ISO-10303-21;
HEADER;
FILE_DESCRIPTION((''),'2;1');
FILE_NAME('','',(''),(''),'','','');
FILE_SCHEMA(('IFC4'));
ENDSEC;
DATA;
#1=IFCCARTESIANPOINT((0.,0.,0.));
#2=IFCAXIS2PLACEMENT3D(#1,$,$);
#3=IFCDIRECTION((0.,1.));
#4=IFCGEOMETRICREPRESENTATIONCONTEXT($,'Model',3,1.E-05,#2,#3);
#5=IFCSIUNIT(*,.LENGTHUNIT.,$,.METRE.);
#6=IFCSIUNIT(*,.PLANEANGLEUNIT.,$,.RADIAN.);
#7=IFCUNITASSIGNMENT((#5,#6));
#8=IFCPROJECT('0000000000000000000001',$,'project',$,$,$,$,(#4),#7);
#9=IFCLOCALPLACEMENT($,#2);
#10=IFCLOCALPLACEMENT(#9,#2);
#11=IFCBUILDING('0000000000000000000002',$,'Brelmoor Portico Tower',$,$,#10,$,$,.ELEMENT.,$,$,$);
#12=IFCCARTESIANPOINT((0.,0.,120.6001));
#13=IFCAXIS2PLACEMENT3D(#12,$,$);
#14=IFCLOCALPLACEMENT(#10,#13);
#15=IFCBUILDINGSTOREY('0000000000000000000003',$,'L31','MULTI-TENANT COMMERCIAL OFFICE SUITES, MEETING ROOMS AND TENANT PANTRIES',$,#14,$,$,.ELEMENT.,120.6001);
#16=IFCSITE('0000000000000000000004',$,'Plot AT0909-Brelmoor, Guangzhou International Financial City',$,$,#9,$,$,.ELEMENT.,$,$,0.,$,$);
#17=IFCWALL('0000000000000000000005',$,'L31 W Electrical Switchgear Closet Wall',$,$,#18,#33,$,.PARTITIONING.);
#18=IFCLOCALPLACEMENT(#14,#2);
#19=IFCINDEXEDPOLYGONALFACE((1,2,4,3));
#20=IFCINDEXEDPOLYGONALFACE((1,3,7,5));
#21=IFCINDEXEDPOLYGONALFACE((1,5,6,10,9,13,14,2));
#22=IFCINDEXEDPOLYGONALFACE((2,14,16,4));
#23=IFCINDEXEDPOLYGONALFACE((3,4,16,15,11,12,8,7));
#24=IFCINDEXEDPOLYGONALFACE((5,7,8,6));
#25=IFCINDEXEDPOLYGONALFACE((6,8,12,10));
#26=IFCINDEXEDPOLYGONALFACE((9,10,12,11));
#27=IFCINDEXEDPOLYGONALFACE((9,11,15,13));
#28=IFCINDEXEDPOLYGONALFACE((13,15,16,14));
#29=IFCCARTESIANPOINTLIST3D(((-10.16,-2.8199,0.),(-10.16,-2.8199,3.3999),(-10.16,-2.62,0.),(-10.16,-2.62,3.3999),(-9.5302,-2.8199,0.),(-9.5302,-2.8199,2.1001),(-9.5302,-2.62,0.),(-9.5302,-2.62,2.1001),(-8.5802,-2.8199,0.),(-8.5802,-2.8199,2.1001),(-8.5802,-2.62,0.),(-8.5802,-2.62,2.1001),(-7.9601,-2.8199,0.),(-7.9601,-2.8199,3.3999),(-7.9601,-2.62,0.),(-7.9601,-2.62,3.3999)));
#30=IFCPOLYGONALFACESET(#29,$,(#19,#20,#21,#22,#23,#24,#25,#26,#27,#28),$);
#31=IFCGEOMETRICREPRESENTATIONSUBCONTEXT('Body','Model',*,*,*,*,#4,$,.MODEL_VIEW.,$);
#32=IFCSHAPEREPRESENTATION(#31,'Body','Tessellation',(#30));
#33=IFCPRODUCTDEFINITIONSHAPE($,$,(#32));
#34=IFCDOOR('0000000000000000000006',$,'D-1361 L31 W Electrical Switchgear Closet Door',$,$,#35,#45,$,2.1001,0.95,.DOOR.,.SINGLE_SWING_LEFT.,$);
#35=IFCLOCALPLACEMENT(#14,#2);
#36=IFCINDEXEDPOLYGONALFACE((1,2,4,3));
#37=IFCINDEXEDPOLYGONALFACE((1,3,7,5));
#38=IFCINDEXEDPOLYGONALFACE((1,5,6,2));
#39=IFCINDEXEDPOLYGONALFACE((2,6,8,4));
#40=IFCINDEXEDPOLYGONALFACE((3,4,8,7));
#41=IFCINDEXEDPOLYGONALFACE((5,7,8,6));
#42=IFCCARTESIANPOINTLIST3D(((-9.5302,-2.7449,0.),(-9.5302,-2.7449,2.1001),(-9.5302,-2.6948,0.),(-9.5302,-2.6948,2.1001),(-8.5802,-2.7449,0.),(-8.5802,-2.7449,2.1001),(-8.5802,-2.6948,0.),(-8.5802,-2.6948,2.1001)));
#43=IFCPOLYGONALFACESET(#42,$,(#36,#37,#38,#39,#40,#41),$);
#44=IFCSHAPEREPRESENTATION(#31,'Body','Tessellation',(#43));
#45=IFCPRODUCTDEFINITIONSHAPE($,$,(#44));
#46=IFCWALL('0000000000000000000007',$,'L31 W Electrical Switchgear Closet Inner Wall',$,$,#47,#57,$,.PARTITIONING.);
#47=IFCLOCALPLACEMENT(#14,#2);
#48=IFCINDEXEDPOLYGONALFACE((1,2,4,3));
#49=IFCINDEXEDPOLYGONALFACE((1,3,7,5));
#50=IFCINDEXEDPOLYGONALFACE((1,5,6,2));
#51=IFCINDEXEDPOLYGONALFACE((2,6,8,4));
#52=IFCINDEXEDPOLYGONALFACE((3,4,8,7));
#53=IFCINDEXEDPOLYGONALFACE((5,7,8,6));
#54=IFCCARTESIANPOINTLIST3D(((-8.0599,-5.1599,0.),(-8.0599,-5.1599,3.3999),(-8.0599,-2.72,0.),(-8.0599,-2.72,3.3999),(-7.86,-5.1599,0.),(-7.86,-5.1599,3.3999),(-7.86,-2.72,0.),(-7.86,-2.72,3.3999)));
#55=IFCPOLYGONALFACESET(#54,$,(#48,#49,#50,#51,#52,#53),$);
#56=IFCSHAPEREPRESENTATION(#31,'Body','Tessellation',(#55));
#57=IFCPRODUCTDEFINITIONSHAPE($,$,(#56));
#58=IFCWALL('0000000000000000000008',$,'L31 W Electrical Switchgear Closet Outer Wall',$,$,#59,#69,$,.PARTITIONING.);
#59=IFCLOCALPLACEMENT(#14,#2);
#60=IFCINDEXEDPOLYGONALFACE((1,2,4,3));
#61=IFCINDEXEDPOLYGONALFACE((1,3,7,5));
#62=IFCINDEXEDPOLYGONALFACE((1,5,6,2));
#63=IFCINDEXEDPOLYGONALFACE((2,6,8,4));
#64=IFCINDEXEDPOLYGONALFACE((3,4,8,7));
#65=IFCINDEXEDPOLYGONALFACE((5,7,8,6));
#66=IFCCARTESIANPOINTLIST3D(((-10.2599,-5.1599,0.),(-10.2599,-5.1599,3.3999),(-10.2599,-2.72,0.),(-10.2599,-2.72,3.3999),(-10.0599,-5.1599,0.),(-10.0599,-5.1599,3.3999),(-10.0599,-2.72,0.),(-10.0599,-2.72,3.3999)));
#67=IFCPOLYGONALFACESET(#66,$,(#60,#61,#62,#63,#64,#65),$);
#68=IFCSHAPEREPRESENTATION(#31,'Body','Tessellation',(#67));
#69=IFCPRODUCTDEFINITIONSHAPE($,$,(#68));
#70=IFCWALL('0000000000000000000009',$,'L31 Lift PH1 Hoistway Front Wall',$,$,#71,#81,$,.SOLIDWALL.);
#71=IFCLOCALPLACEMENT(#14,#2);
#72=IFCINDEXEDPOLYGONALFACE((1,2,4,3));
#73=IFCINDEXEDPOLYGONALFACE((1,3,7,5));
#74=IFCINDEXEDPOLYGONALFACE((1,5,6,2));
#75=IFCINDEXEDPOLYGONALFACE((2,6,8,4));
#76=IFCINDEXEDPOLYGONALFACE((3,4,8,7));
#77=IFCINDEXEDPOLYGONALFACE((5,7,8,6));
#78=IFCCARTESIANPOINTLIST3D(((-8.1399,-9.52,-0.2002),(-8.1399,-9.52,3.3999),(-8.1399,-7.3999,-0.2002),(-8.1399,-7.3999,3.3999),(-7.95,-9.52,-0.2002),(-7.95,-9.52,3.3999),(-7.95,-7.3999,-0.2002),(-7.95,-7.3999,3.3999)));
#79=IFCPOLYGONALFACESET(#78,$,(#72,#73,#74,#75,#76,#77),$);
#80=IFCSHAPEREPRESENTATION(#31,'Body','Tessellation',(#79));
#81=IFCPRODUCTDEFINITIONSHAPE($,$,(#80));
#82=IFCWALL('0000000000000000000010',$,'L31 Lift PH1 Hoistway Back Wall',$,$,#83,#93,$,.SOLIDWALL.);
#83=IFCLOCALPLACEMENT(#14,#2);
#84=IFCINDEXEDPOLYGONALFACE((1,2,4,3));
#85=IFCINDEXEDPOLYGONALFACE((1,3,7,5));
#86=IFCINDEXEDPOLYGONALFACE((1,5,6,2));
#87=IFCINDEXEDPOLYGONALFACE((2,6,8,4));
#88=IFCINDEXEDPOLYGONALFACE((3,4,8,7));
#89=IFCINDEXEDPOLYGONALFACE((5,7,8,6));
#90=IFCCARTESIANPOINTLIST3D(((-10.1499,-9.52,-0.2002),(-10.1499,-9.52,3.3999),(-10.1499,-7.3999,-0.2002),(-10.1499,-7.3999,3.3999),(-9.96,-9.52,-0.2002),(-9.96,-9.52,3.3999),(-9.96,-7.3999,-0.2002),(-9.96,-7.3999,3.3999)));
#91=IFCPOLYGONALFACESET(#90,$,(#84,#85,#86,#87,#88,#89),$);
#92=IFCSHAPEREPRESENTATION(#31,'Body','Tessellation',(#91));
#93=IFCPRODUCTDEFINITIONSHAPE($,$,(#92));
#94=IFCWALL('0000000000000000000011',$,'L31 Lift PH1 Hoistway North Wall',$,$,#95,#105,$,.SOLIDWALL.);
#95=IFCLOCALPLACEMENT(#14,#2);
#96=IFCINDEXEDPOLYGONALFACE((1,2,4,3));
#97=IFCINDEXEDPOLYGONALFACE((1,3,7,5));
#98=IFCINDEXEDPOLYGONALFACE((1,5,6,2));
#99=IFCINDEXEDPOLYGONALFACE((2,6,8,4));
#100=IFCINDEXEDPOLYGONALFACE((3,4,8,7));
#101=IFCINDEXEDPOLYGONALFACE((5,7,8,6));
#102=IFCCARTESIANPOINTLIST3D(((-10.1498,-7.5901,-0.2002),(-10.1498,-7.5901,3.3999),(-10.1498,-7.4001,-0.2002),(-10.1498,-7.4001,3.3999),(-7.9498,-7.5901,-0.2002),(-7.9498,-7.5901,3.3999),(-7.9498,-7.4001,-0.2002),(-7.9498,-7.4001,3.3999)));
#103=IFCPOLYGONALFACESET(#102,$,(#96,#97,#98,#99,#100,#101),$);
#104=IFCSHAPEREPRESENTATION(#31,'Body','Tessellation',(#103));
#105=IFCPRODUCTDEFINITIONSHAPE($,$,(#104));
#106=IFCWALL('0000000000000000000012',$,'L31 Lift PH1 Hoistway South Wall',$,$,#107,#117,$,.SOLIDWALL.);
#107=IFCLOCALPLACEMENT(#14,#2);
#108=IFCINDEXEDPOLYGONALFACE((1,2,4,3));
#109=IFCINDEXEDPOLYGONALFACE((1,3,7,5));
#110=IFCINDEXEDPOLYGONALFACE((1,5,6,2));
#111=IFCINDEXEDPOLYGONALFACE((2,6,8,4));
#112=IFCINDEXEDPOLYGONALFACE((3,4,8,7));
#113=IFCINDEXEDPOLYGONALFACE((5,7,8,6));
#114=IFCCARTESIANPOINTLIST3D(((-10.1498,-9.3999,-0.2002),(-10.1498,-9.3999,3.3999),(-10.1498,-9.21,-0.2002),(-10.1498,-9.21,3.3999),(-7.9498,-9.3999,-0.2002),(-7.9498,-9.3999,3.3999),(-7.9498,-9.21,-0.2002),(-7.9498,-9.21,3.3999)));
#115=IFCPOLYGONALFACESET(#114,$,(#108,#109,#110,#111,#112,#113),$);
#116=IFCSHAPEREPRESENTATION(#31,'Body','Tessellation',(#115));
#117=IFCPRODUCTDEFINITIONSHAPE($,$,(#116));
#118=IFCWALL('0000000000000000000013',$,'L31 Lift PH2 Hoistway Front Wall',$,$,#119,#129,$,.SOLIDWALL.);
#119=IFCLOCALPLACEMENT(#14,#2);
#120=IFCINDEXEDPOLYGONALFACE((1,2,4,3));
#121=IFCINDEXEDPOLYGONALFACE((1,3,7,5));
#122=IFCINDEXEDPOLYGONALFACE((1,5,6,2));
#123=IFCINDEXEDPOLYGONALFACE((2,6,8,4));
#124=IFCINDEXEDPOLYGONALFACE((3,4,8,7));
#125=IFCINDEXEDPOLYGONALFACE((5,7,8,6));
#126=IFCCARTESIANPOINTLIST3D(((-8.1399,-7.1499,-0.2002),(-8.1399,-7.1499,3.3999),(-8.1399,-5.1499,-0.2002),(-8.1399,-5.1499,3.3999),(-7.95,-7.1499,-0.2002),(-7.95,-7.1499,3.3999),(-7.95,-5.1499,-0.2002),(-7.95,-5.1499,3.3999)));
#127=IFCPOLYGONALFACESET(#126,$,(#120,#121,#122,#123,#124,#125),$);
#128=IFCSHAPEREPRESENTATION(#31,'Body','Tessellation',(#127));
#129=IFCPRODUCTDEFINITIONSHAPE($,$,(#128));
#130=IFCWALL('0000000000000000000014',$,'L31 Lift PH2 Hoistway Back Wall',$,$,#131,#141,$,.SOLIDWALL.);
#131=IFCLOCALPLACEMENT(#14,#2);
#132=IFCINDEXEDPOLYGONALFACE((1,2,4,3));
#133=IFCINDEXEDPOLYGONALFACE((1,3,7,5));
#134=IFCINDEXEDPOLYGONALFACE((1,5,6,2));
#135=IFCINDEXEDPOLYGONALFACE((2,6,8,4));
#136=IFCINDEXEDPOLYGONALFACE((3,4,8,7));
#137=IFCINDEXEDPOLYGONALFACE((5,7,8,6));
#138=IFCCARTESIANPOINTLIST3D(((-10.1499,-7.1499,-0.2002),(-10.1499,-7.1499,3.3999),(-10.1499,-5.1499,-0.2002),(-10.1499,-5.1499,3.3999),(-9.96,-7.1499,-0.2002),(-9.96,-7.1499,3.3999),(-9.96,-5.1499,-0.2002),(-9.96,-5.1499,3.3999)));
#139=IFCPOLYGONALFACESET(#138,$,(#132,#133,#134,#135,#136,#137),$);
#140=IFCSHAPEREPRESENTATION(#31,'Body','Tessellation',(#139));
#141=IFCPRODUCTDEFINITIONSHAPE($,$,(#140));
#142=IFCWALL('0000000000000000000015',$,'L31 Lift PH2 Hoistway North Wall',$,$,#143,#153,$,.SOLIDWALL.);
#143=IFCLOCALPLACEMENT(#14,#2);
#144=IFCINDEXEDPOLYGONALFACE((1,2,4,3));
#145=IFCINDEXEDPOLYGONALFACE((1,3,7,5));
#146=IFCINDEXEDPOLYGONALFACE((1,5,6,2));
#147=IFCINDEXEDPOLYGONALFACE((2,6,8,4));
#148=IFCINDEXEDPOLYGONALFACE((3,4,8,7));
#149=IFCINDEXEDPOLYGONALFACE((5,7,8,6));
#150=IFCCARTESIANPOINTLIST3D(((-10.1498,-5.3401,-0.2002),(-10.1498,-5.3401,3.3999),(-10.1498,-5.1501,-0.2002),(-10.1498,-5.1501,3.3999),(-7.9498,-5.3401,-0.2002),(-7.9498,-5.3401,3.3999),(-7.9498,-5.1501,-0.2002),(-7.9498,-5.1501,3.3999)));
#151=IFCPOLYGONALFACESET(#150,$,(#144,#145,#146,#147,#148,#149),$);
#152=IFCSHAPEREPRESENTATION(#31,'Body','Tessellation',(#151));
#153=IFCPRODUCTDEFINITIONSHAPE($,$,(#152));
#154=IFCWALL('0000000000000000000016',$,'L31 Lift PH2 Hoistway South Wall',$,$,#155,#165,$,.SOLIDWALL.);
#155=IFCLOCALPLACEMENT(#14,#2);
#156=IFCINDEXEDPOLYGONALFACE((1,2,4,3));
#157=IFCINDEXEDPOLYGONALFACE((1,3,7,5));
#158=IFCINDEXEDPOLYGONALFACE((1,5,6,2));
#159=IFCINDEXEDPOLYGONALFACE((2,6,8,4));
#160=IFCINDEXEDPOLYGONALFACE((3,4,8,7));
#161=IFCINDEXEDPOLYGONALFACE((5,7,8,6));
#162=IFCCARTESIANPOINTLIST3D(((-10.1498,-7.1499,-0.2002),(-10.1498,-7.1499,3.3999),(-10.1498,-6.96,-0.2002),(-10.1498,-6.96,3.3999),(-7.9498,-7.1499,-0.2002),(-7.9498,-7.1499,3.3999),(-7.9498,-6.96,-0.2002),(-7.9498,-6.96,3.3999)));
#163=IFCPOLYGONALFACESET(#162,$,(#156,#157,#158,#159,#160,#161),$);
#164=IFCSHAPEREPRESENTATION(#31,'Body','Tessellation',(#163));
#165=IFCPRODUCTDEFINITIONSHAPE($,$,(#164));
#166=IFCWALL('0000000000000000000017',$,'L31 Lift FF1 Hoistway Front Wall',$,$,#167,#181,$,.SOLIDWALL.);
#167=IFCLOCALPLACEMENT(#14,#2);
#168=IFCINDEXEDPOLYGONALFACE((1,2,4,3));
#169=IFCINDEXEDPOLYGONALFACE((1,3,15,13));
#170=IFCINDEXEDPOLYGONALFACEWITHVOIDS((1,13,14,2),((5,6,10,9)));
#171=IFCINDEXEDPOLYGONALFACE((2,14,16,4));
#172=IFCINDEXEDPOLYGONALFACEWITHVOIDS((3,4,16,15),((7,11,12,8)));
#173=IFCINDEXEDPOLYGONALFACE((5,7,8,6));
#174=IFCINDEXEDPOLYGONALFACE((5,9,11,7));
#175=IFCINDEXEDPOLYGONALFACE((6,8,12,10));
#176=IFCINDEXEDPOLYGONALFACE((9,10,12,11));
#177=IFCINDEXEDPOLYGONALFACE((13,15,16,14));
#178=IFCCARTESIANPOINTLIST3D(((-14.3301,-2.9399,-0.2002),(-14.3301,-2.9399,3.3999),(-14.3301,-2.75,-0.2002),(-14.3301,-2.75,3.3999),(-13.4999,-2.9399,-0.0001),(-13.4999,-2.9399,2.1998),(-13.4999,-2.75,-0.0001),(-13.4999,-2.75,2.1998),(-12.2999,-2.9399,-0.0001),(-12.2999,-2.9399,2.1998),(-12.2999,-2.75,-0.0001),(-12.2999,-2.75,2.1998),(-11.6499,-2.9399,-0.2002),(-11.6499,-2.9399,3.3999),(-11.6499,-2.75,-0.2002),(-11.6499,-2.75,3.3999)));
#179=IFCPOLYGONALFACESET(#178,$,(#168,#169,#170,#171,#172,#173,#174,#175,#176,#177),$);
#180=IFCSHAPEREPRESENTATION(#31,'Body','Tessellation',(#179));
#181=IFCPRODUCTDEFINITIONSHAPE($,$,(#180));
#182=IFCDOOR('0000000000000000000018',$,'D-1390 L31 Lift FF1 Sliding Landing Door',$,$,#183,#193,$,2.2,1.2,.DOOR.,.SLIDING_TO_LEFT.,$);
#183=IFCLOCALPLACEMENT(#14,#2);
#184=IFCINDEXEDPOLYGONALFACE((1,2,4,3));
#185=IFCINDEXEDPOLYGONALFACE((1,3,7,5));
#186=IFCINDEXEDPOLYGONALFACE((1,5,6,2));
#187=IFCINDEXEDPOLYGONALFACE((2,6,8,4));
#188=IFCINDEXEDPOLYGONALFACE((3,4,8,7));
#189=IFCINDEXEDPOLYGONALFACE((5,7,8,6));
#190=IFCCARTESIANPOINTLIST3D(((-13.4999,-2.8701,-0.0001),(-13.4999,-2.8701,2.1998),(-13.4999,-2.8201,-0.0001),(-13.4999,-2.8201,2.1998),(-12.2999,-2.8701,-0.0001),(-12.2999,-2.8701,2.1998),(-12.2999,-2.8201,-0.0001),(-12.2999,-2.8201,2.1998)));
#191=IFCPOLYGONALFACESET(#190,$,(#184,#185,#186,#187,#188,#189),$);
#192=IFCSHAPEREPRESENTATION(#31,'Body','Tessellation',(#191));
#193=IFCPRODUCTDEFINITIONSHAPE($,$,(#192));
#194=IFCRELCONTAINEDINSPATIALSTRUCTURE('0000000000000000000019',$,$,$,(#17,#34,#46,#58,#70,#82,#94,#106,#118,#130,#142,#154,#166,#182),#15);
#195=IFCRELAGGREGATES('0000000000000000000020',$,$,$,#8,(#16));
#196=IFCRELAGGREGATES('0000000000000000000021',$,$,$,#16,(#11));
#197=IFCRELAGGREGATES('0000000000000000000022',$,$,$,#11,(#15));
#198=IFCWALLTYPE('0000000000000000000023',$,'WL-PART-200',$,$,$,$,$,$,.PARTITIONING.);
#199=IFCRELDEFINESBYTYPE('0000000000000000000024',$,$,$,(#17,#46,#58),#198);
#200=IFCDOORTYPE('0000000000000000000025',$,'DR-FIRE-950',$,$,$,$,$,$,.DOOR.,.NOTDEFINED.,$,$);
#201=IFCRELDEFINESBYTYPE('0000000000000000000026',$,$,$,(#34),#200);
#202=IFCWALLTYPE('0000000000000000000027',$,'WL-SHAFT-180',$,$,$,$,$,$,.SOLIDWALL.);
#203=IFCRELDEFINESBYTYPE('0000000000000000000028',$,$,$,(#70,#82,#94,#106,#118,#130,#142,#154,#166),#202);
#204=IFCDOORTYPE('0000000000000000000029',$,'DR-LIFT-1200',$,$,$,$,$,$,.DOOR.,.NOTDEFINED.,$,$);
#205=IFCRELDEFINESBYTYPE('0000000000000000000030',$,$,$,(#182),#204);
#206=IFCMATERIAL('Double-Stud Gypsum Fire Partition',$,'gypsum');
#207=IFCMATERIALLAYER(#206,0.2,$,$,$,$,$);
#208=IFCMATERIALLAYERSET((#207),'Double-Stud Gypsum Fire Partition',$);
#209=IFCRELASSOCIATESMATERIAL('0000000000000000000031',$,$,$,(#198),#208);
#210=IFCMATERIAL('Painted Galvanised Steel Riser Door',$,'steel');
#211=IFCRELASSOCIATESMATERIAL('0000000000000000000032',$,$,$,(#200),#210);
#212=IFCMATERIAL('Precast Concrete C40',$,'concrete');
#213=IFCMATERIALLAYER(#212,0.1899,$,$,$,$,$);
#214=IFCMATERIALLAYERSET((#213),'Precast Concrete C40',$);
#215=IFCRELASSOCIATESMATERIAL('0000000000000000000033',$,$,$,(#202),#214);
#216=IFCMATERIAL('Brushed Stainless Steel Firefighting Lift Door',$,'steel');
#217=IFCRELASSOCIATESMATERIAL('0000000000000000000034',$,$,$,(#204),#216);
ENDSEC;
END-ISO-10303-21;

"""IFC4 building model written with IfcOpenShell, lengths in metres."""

from ifc_helpers import new_model, si_unit, direction, frame, frame_2d, origin, place, context, subcontext, project, spatial, rectangle, extrude, material, layer, layer_set, type_object, element, fill, save


model = new_model("IFC4")

# Units and contexts
model_context = context("Model", 3, precision=1e-05, world=origin(), true_north=direction((0.0, 1.0)))
body_context = subcontext(model_context, "Body", "Model", "MODEL_VIEW")
ifc_project = project(units=[si_unit("LENGTHUNIT", "METRE"), si_unit("PLANEANGLEUNIT", "RADIAN")], contexts=[model_context])

# Site, building, storey
site_placement = place(None, origin())
site = spatial("IfcSite", under=ifc_project, at=site_placement, Name="Plot AT0909-Brelmoor, Guangzhou International Financial City", CompositionType="ELEMENT", RefElevation=0.0)
building_placement = place(site_placement, origin())
building = spatial("IfcBuilding", under=site, at=building_placement, Name="Brelmoor Portico Tower", CompositionType="ELEMENT")
storey_placement = place(building_placement, frame((0.0, 0.0, 120.6001)))
storey = spatial("IfcBuildingStorey", under=building, at=storey_placement, Name="L31", Description="MULTI-TENANT COMMERCIAL OFFICE SUITES, MEETING ROOMS AND TENANT PANTRIES", CompositionType="ELEMENT", Elevation=120.6001)

# Shared definitions
ifc_material_1 = material(Name="Double-Stud Gypsum Fire Partition", Category="gypsum")
ifc_layer_1 = layer(ifc_material_1, 0.2)
ifc_layer_set_1 = layer_set([ifc_layer_1], Name="Double-Stud Gypsum Fire Partition")
wall_type_1 = type_object("IfcWallType", Name="WL-PART-200", PredefinedType="PARTITIONING", material=ifc_layer_set_1)

# Wall, opening, door
wall_1_placement = place(storey_placement, frame((-7.96, -2.72, 0.0), z_axis=(0.0, 0.0, 1.0), x_axis=(-1.0, 0.0, 0.0)))
wall_1 = element("IfcWall", 1, at=wall_1_placement, inside=storey, type_object=wall_type_1, Name="L31 W Electrical Switchgear Closet Wall", PredefinedType="PARTITIONING", context=body_context, shape_type="SweptSolid", body=[
    extrude(rectangle(XDim=2.2, YDim=0.2, at=frame_2d((1.1001, 0.0))), origin(), (0.0, 0.0, 1.0), 3.3999),
])
opening_1_placement = place(wall_1_placement, frame((0.6201, 0.0, 0.0)))
opening_1 = element("IfcOpeningElement", 2, at=opening_1_placement, cuts=wall_1, PredefinedType="OPENING", context=body_context, shape_type="SweptSolid", body=[
    extrude(rectangle(XDim=0.95, YDim=2.1001, at=frame_2d((0.4751, 1.05))), frame((0.0, 0.1099, 0.0), z_axis=(0.0, -1.0, 0.0), x_axis=(1.0, 0.0, 0.0)), (0.0, 0.0, 1.0), 0.22),
])
ifc_material_2 = material(Name="Painted Galvanised Steel Riser Door", Category="steel")
door_type_1 = type_object("IfcDoorType", Name="DR-FIRE-950", OperationType="NOTDEFINED", PredefinedType="DOOR", material=ifc_material_2)
door_1_placement = place(opening_1_placement, origin())
door_1 = element("IfcDoor", 3, at=door_1_placement, inside=storey, type_object=door_type_1, Name="D-1361 L31 W Electrical Switchgear Closet Door", OperationType="SINGLE_SWING_LEFT", OverallHeight=2.1001, OverallWidth=0.95, PredefinedType="DOOR", context=body_context, shape_type="SweptSolid", body=[
    extrude(rectangle(XDim=0.95, YDim=2.1001, at=frame_2d((0.4751, 1.05))), frame((0.0, 0.0249, 0.0), z_axis=(0.0, -1.0, 0.0), x_axis=(1.0, 0.0, 0.0)), (0.0, 0.0, 1.0), 0.05),
])
fill(opening_1, door_1)

# Walls
for number, where, z_axis, x_axis, name in (
    (4, (-7.96, -5.1599, 0.0), (0.0, 0.0, 1.0), (0.0, 1.0, 0.0), "L31 W Electrical Switchgear Closet Inner Wall"),
    (5, (-10.1599, -5.1599, 0.0), (0.0, 0.0, 1.0), (0.0, 1.0, 0.0), "L31 W Electrical Switchgear Closet Outer Wall"),
):
    element("IfcWall", number, at=place(storey_placement, frame(where, z_axis=z_axis, x_axis=x_axis)), inside=storey, type_object=wall_type_1, Name=name, PredefinedType="PARTITIONING", context=body_context, shape_type="SweptSolid", body=[
        extrude(rectangle(XDim=2.4399, YDim=0.2, at=frame_2d((1.22, 0.0))), origin(), (0.0, 0.0, 1.0), 3.3999),
    ])
ifc_material_3 = material(Name="Precast Concrete C40", Category="concrete")
ifc_layer_2 = layer(ifc_material_3, 0.1899)
ifc_layer_set_2 = layer_set([ifc_layer_2], Name="Precast Concrete C40")
wall_type_2 = type_object("IfcWallType", Name="WL-SHAFT-180", PredefinedType="SOLIDWALL", material=ifc_layer_set_2)
for number, where, z_axis, x_axis, name in (
    (6, (-8.0449, -9.52, -0.2002), (0.0, 0.0, 1.0), (0.0, 1.0, 0.0), "L31 Lift PH1 Hoistway Front Wall"),
    (7, (-10.0549, -9.52, -0.2002), (0.0, 0.0, 1.0), (0.0, 1.0, 0.0), "L31 Lift PH1 Hoistway Back Wall"),
):
    element("IfcWall", number, at=place(storey_placement, frame(where, z_axis=z_axis, x_axis=x_axis)), inside=storey, type_object=wall_type_2, Name=name, PredefinedType="SOLIDWALL", context=body_context, shape_type="SweptSolid", body=[
        extrude(rectangle(XDim=2.1201, YDim=0.1899, at=frame_2d((1.0601, 0.0))), origin(), (0.0, 0.0, 1.0), 3.6001),
    ])
for number, where, z_axis, x_axis, name in (
    (8, (-10.1499, -7.4951, -0.2002), (0.0, 0.0, 1.0), (1.0, 0.0, 0.0), "L31 Lift PH1 Hoistway North Wall"),
    (9, (-10.1499, -9.3049, -0.2002), (0.0, 0.0, 1.0), (1.0, 0.0, 0.0), "L31 Lift PH1 Hoistway South Wall"),
):
    element("IfcWall", number, at=place(storey_placement, frame(where, z_axis=z_axis, x_axis=x_axis)), inside=storey, type_object=wall_type_2, Name=name, PredefinedType="SOLIDWALL", context=body_context, shape_type="SweptSolid", body=[
        extrude(rectangle(XDim=2.2, YDim=0.1899, at=frame_2d((1.1001, 0.0))), origin(), (0.0, 0.0, 1.0), 3.6001),
    ])
for number, where, z_axis, x_axis, name in (
    (10, (-8.0449, -7.1499, -0.2002), (0.0, 0.0, 1.0), (0.0, 1.0, 0.0), "L31 Lift PH2 Hoistway Front Wall"),
    (11, (-10.0549, -7.1499, -0.2002), (0.0, 0.0, 1.0), (0.0, 1.0, 0.0), "L31 Lift PH2 Hoistway Back Wall"),
):
    element("IfcWall", number, at=place(storey_placement, frame(where, z_axis=z_axis, x_axis=x_axis)), inside=storey, type_object=wall_type_2, Name=name, PredefinedType="SOLIDWALL", context=body_context, shape_type="SweptSolid", body=[
        extrude(rectangle(XDim=2.0, YDim=0.1899, at=frame_2d((1.0, 0.0))), origin(), (0.0, 0.0, 1.0), 3.6001),
    ])
for number, where, z_axis, x_axis, name in (
    (12, (-10.1499, -5.2451, -0.2002), (0.0, 0.0, 1.0), (1.0, 0.0, 0.0), "L31 Lift PH2 Hoistway North Wall"),
    (13, (-10.1499, -7.0549, -0.2002), (0.0, 0.0, 1.0), (1.0, 0.0, 0.0), "L31 Lift PH2 Hoistway South Wall"),
):
    element("IfcWall", number, at=place(storey_placement, frame(where, z_axis=z_axis, x_axis=x_axis)), inside=storey, type_object=wall_type_2, Name=name, PredefinedType="SOLIDWALL", context=body_context, shape_type="SweptSolid", body=[
        extrude(rectangle(XDim=2.2, YDim=0.1899, at=frame_2d((1.1001, 0.0))), origin(), (0.0, 0.0, 1.0), 3.6001),
    ])

# Wall, opening, door
wall_2_placement = place(storey_placement, frame((-14.3301, -2.845, -0.2002), z_axis=(0.0, 0.0, 1.0), x_axis=(1.0, 0.0, 0.0)))
wall_2 = element("IfcWall", 14, at=wall_2_placement, inside=storey, type_object=wall_type_2, Name="L31 Lift FF1 Hoistway Front Wall", PredefinedType="SOLIDWALL", context=body_context, shape_type="SweptSolid", body=[
    extrude(rectangle(XDim=2.6802, YDim=0.1899, at=frame_2d((1.3401, 0.0))), origin(), (0.0, 0.0, 1.0), 3.6001),
])
opening_2_placement = place(wall_2_placement, frame((0.8301, 0.0, 0.2)))
opening_2 = element("IfcOpeningElement", 15, at=opening_2_placement, cuts=wall_2, PredefinedType="OPENING", context=body_context, shape_type="SweptSolid", body=[
    extrude(rectangle(XDim=1.2, YDim=2.2, at=frame_2d((0.6001, 1.1001))), frame((0.0, 0.105, 0.0), z_axis=(0.0, -1.0, 0.0), x_axis=(1.0, 0.0, 0.0)), (0.0, 0.0, 1.0), 0.21),
])
ifc_material_4 = material(Name="Brushed Stainless Steel Firefighting Lift Door", Category="steel")
door_type_2 = type_object("IfcDoorType", Name="DR-LIFT-1200", OperationType="NOTDEFINED", PredefinedType="DOOR", material=ifc_material_4)
door_2_placement = place(opening_2_placement, origin())
door_2 = element("IfcDoor", 16, at=door_2_placement, inside=storey, type_object=door_type_2, Name="D-1390 L31 Lift FF1 Sliding Landing Door", OperationType="SLIDING_TO_LEFT", OverallHeight=2.2, OverallWidth=1.2, PredefinedType="DOOR", context=body_context, shape_type="SweptSolid", body=[
    extrude(rectangle(XDim=1.2, YDim=2.2, at=frame_2d((0.6001, 1.1001))), frame((0.0, 0.0249, 0.0), z_axis=(0.0, -1.0, 0.0), x_axis=(1.0, 0.0, 0.0)), (0.0, 0.0, 1.0), 0.05),
])
fill(opening_2, door_2)

save(model, "model.ifc")
